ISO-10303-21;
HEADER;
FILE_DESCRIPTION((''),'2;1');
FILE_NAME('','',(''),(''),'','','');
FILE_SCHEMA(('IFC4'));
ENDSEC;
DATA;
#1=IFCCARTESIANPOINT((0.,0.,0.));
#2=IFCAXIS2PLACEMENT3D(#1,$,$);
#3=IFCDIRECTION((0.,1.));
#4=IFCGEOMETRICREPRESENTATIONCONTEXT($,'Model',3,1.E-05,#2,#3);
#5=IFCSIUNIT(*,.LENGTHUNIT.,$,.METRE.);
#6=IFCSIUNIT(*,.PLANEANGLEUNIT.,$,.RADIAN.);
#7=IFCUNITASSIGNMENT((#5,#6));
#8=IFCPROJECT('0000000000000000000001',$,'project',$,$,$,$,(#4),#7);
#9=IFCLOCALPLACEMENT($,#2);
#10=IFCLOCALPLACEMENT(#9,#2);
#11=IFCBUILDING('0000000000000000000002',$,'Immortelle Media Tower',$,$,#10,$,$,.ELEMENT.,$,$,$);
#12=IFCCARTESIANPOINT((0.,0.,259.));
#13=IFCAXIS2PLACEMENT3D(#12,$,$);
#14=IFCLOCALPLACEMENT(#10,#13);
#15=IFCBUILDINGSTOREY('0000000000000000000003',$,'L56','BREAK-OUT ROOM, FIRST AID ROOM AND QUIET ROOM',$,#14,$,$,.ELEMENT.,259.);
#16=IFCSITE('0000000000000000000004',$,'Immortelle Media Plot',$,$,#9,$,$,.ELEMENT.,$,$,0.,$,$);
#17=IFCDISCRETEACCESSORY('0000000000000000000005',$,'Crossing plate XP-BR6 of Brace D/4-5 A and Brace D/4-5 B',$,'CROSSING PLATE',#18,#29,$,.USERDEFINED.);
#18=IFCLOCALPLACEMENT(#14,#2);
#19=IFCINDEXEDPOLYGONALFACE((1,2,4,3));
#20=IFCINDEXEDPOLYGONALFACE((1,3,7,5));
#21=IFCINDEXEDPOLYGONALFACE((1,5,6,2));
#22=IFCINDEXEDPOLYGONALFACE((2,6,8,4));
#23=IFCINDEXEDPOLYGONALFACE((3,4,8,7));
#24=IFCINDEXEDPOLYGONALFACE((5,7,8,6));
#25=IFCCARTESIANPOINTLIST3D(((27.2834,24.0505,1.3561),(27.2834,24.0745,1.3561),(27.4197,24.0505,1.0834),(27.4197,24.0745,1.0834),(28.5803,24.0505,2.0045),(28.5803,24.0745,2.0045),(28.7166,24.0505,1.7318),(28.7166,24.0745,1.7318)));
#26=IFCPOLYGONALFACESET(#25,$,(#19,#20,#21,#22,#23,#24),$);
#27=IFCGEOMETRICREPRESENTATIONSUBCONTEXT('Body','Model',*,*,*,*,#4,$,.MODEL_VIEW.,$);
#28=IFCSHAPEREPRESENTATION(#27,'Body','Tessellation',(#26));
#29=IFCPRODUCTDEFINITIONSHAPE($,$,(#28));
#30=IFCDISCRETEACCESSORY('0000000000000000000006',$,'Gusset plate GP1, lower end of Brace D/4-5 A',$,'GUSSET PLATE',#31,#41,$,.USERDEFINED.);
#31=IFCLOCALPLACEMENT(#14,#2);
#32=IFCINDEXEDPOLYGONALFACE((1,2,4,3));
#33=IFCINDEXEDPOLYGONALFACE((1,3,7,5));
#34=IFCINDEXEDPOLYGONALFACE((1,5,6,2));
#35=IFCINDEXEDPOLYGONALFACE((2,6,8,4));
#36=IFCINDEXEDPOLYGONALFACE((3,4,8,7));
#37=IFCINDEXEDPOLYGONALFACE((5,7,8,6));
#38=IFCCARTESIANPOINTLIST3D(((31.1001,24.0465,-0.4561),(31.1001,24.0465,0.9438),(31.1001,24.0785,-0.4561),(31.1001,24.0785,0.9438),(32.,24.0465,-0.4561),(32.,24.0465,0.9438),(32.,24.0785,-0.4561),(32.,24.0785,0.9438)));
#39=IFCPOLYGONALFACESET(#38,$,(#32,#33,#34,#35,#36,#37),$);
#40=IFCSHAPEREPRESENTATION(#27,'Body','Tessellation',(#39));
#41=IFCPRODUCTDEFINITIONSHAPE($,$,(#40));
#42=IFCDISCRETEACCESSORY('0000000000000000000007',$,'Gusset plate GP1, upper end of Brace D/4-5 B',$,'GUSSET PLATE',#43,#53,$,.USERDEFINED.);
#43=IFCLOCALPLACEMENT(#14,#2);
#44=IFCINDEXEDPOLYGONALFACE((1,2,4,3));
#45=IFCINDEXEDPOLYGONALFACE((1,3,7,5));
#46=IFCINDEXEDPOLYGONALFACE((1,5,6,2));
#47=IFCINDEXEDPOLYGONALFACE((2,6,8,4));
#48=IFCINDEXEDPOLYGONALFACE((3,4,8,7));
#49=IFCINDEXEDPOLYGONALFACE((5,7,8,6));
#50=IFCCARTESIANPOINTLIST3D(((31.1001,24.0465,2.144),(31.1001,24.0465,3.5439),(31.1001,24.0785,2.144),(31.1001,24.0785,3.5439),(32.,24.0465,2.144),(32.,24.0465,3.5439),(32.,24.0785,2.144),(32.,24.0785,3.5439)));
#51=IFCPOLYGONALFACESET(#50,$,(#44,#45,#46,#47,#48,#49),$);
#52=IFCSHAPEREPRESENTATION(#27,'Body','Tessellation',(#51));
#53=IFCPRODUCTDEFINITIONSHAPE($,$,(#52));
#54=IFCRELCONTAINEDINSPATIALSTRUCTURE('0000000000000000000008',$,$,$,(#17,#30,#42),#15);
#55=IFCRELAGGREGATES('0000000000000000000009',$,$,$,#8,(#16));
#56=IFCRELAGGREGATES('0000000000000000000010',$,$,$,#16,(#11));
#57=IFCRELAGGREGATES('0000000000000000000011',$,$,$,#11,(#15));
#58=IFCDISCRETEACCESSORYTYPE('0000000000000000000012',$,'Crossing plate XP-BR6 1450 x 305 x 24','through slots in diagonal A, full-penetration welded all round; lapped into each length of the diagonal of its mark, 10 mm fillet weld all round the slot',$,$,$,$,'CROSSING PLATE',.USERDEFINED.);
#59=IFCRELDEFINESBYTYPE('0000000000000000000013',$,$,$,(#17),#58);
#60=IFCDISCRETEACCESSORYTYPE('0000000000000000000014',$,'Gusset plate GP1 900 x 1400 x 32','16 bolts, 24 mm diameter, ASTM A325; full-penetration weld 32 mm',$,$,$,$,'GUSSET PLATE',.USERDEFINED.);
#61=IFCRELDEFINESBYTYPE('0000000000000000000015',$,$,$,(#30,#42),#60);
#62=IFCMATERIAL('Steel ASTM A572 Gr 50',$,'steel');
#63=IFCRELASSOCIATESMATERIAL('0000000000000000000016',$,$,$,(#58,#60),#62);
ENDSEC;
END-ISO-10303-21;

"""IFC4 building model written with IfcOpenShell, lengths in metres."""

from ifc_helpers import new_model, si_unit, direction, frame, origin, origin_2d, place, context, subcontext, project, spatial, rectangle, extrude, material, material_profile, profile_set, type_object, element, save


model = new_model("IFC4")

# Units and contexts
model_context = context("Model", 3, precision=1e-05, world=origin(), true_north=direction((0.0, 1.0)))
body_context = subcontext(model_context, "Body", "Model", "MODEL_VIEW")
ifc_project = project(units=[si_unit("LENGTHUNIT", "METRE"), si_unit("PLANEANGLEUNIT", "RADIAN")], contexts=[model_context])

# Site, building, storey
site_placement = place(None, origin())
site = spatial("IfcSite", under=ifc_project, at=site_placement, Name="Immortelle Media Plot", CompositionType="ELEMENT", RefElevation=0.0)
building_placement = place(site_placement, origin())
building = spatial("IfcBuilding", under=site, at=building_placement, Name="Immortelle Media Tower", CompositionType="ELEMENT")
storey_placement = place(building_placement, frame((0.0, 0.0, 259.0)))
storey = spatial("IfcBuildingStorey", under=building, at=storey_placement, Name="L56", Description="BREAK-OUT ROOM, FIRST AID ROOM AND QUIET ROOM", CompositionType="ELEMENT", Elevation=259.0)

# Discrete accessories
ifc_material_1 = material(Name="Steel ASTM A572 Gr 50", Category="steel")
ifc_material_profile_1 = material_profile(ifc_material_1, rectangle(XDim=0.0239, YDim=0.3049, at=origin_2d()), Name="PL 24 x 305")
ifc_profile_set_1 = profile_set([ifc_material_profile_1], Name="Steel ASTM A572 Gr 50")
discrete_accessory_type_1 = type_object("IfcDiscreteAccessoryType", Name="Crossing plate XP-BR6 1450 x 305 x 24", Description="through slots in diagonal A, full-penetration welded all round; lapped into each length of the diagonal of its mark, 10 mm fillet weld all round the slot", ElementType="CROSSING PLATE", PredefinedType="USERDEFINED", material=ifc_profile_set_1)
discrete_accessory_placement = place(storey_placement, frame((28.6484, 24.0625, 1.8682), z_axis=(-0.894427, 0.0, -0.447214), x_axis=(0.0, -1.0, 0.0)))
element("IfcDiscreteAccessory", 1, at=discrete_accessory_placement, inside=storey, type_object=discrete_accessory_type_1, Name="Crossing plate XP-BR6 of Brace D/4-5 A and Brace D/4-5 B", ObjectType="CROSSING PLATE", PredefinedType="USERDEFINED", context=body_context, shape_type="SweptSolid", body=[
    extrude(rectangle(XDim=0.0239, YDim=0.3049, at=origin_2d()), origin(), (0.0, 0.0, 1.0), 1.45),
])
ifc_material_profile_2 = material_profile(ifc_material_1, rectangle(XDim=0.032, YDim=1.3999, at=origin_2d()), Name="PL 32 x 1400")
ifc_profile_set_2 = profile_set([ifc_material_profile_2], Name="Steel ASTM A572 Gr 50")
discrete_accessory_type_2 = type_object("IfcDiscreteAccessoryType", Name="Gusset plate GP1 900 x 1400 x 32", Description="16 bolts, 24 mm diameter, ASTM A325; full-penetration weld 32 mm", ElementType="GUSSET PLATE", PredefinedType="USERDEFINED", material=ifc_profile_set_2)
for number, where, z_axis, x_axis, name in (
    (2, (32.0, 24.0625, 0.2439), (-1.0, 0.0, 0.0), (0.0, -1.0, 0.0), "Gusset plate GP1, lower end of Brace D/4-5 A"),
    (3, (32.0, 24.0625, 2.844), (-1.0, 0.0, 0.0), (0.0, -1.0, 0.0), "Gusset plate GP1, upper end of Brace D/4-5 B"),
):
    element("IfcDiscreteAccessory", number, at=place(storey_placement, frame(where, z_axis=z_axis, x_axis=x_axis)), inside=storey, type_object=discrete_accessory_type_2, Name=name, ObjectType="GUSSET PLATE", PredefinedType="USERDEFINED", context=body_context, shape_type="SweptSolid", body=[
        extrude(rectangle(XDim=0.032, YDim=1.3999, at=origin_2d()), origin(), (0.0, 0.0, 1.0), 0.8999),
    ])

save(model, "model.ifc")
